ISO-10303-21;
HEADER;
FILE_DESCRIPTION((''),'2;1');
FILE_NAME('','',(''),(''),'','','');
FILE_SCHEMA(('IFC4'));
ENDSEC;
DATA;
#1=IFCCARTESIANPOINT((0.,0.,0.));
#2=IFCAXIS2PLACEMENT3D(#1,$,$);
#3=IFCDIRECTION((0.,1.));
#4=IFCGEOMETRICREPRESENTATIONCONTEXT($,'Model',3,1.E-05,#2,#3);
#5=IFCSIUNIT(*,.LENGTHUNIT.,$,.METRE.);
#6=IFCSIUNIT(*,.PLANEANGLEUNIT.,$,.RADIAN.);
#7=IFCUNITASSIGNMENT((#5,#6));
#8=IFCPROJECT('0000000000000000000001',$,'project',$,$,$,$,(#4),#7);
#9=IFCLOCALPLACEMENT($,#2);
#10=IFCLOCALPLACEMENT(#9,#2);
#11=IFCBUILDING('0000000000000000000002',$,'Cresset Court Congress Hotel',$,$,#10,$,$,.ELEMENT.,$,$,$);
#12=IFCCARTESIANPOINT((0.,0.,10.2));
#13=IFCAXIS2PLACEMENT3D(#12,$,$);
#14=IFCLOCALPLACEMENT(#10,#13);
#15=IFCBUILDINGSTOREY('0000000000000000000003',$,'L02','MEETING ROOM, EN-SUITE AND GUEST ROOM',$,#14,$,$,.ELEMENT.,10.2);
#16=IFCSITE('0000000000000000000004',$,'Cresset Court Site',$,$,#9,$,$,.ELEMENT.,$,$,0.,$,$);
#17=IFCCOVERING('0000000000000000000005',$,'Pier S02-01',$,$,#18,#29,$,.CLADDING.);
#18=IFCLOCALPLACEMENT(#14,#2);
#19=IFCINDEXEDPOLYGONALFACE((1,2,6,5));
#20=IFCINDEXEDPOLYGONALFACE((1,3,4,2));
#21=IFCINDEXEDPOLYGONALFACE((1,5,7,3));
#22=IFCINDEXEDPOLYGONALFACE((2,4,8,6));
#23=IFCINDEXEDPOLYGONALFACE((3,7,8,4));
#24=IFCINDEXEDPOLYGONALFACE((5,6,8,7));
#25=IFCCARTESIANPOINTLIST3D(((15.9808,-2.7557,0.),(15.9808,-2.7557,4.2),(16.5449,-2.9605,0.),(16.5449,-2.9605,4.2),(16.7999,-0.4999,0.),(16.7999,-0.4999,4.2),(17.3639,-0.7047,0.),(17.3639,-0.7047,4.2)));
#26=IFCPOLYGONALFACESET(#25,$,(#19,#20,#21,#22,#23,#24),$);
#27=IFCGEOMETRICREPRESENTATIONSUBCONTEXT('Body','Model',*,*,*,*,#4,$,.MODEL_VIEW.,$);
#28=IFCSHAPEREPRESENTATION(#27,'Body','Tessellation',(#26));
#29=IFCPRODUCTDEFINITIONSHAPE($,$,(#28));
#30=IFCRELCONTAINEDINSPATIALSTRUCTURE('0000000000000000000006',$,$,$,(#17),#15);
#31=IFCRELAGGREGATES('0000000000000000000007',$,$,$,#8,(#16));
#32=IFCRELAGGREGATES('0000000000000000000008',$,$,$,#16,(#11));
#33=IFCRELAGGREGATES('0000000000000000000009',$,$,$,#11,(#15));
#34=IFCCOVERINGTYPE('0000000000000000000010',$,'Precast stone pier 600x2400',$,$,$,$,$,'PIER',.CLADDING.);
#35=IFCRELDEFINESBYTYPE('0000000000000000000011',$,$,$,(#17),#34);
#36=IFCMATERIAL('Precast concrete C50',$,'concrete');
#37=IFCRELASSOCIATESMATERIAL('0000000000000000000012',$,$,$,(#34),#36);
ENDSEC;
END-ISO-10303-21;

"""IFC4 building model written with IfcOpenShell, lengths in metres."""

from ifc_helpers import new_model, si_unit, direction, frame, origin, origin_2d, place, context, subcontext, project, spatial, rectangle, extrude, material, type_object, element, save


model = new_model("IFC4")

# Units and contexts
model_context = context("Model", 3, precision=1e-05, world=origin(), true_north=direction((0.0, 1.0)))
body_context = subcontext(model_context, "Body", "Model", "MODEL_VIEW")
ifc_project = project(units=[si_unit("LENGTHUNIT", "METRE"), si_unit("PLANEANGLEUNIT", "RADIAN")], contexts=[model_context])

# Site, building, storey
site_placement = place(None, origin())
site = spatial("IfcSite", under=ifc_project, at=site_placement, Name="Cresset Court Site", CompositionType="ELEMENT", RefElevation=0.0)
building_placement = place(site_placement, origin())
building = spatial("IfcBuilding", under=site, at=building_placement, Name="Cresset Court Congress Hotel", CompositionType="ELEMENT")
storey_placement = place(building_placement, frame((0.0, 0.0, 10.2)))
storey = spatial("IfcBuildingStorey", under=building, at=storey_placement, Name="L02", Description="MEETING ROOM, EN-SUITE AND GUEST ROOM", CompositionType="ELEMENT", Elevation=10.2)

# Covering
ifc_material_1 = material(Name="Precast concrete C50", Category="concrete")
covering_type = type_object("IfcCoveringType", Name="Precast stone pier 600x2400", ElementType="PIER", PredefinedType="CLADDING", material=ifc_material_1)
covering_placement = place(storey_placement, frame((16.6724, -1.7302, 0.0), z_axis=(0.0, 0.0, 1.0), x_axis=(0.939957, -0.341293, 0.0)))
element("IfcCovering", 1, at=covering_placement, inside=storey, type_object=covering_type, Name="Pier S02-01", PredefinedType="CLADDING", context=body_context, shape_type="SweptSolid", body=[
    extrude(rectangle(XDim=0.6001, YDim=2.3999, at=origin_2d()), origin(), (0.0, 0.0, 1.0), 4.2),
])

save(model, "model.ifc")
